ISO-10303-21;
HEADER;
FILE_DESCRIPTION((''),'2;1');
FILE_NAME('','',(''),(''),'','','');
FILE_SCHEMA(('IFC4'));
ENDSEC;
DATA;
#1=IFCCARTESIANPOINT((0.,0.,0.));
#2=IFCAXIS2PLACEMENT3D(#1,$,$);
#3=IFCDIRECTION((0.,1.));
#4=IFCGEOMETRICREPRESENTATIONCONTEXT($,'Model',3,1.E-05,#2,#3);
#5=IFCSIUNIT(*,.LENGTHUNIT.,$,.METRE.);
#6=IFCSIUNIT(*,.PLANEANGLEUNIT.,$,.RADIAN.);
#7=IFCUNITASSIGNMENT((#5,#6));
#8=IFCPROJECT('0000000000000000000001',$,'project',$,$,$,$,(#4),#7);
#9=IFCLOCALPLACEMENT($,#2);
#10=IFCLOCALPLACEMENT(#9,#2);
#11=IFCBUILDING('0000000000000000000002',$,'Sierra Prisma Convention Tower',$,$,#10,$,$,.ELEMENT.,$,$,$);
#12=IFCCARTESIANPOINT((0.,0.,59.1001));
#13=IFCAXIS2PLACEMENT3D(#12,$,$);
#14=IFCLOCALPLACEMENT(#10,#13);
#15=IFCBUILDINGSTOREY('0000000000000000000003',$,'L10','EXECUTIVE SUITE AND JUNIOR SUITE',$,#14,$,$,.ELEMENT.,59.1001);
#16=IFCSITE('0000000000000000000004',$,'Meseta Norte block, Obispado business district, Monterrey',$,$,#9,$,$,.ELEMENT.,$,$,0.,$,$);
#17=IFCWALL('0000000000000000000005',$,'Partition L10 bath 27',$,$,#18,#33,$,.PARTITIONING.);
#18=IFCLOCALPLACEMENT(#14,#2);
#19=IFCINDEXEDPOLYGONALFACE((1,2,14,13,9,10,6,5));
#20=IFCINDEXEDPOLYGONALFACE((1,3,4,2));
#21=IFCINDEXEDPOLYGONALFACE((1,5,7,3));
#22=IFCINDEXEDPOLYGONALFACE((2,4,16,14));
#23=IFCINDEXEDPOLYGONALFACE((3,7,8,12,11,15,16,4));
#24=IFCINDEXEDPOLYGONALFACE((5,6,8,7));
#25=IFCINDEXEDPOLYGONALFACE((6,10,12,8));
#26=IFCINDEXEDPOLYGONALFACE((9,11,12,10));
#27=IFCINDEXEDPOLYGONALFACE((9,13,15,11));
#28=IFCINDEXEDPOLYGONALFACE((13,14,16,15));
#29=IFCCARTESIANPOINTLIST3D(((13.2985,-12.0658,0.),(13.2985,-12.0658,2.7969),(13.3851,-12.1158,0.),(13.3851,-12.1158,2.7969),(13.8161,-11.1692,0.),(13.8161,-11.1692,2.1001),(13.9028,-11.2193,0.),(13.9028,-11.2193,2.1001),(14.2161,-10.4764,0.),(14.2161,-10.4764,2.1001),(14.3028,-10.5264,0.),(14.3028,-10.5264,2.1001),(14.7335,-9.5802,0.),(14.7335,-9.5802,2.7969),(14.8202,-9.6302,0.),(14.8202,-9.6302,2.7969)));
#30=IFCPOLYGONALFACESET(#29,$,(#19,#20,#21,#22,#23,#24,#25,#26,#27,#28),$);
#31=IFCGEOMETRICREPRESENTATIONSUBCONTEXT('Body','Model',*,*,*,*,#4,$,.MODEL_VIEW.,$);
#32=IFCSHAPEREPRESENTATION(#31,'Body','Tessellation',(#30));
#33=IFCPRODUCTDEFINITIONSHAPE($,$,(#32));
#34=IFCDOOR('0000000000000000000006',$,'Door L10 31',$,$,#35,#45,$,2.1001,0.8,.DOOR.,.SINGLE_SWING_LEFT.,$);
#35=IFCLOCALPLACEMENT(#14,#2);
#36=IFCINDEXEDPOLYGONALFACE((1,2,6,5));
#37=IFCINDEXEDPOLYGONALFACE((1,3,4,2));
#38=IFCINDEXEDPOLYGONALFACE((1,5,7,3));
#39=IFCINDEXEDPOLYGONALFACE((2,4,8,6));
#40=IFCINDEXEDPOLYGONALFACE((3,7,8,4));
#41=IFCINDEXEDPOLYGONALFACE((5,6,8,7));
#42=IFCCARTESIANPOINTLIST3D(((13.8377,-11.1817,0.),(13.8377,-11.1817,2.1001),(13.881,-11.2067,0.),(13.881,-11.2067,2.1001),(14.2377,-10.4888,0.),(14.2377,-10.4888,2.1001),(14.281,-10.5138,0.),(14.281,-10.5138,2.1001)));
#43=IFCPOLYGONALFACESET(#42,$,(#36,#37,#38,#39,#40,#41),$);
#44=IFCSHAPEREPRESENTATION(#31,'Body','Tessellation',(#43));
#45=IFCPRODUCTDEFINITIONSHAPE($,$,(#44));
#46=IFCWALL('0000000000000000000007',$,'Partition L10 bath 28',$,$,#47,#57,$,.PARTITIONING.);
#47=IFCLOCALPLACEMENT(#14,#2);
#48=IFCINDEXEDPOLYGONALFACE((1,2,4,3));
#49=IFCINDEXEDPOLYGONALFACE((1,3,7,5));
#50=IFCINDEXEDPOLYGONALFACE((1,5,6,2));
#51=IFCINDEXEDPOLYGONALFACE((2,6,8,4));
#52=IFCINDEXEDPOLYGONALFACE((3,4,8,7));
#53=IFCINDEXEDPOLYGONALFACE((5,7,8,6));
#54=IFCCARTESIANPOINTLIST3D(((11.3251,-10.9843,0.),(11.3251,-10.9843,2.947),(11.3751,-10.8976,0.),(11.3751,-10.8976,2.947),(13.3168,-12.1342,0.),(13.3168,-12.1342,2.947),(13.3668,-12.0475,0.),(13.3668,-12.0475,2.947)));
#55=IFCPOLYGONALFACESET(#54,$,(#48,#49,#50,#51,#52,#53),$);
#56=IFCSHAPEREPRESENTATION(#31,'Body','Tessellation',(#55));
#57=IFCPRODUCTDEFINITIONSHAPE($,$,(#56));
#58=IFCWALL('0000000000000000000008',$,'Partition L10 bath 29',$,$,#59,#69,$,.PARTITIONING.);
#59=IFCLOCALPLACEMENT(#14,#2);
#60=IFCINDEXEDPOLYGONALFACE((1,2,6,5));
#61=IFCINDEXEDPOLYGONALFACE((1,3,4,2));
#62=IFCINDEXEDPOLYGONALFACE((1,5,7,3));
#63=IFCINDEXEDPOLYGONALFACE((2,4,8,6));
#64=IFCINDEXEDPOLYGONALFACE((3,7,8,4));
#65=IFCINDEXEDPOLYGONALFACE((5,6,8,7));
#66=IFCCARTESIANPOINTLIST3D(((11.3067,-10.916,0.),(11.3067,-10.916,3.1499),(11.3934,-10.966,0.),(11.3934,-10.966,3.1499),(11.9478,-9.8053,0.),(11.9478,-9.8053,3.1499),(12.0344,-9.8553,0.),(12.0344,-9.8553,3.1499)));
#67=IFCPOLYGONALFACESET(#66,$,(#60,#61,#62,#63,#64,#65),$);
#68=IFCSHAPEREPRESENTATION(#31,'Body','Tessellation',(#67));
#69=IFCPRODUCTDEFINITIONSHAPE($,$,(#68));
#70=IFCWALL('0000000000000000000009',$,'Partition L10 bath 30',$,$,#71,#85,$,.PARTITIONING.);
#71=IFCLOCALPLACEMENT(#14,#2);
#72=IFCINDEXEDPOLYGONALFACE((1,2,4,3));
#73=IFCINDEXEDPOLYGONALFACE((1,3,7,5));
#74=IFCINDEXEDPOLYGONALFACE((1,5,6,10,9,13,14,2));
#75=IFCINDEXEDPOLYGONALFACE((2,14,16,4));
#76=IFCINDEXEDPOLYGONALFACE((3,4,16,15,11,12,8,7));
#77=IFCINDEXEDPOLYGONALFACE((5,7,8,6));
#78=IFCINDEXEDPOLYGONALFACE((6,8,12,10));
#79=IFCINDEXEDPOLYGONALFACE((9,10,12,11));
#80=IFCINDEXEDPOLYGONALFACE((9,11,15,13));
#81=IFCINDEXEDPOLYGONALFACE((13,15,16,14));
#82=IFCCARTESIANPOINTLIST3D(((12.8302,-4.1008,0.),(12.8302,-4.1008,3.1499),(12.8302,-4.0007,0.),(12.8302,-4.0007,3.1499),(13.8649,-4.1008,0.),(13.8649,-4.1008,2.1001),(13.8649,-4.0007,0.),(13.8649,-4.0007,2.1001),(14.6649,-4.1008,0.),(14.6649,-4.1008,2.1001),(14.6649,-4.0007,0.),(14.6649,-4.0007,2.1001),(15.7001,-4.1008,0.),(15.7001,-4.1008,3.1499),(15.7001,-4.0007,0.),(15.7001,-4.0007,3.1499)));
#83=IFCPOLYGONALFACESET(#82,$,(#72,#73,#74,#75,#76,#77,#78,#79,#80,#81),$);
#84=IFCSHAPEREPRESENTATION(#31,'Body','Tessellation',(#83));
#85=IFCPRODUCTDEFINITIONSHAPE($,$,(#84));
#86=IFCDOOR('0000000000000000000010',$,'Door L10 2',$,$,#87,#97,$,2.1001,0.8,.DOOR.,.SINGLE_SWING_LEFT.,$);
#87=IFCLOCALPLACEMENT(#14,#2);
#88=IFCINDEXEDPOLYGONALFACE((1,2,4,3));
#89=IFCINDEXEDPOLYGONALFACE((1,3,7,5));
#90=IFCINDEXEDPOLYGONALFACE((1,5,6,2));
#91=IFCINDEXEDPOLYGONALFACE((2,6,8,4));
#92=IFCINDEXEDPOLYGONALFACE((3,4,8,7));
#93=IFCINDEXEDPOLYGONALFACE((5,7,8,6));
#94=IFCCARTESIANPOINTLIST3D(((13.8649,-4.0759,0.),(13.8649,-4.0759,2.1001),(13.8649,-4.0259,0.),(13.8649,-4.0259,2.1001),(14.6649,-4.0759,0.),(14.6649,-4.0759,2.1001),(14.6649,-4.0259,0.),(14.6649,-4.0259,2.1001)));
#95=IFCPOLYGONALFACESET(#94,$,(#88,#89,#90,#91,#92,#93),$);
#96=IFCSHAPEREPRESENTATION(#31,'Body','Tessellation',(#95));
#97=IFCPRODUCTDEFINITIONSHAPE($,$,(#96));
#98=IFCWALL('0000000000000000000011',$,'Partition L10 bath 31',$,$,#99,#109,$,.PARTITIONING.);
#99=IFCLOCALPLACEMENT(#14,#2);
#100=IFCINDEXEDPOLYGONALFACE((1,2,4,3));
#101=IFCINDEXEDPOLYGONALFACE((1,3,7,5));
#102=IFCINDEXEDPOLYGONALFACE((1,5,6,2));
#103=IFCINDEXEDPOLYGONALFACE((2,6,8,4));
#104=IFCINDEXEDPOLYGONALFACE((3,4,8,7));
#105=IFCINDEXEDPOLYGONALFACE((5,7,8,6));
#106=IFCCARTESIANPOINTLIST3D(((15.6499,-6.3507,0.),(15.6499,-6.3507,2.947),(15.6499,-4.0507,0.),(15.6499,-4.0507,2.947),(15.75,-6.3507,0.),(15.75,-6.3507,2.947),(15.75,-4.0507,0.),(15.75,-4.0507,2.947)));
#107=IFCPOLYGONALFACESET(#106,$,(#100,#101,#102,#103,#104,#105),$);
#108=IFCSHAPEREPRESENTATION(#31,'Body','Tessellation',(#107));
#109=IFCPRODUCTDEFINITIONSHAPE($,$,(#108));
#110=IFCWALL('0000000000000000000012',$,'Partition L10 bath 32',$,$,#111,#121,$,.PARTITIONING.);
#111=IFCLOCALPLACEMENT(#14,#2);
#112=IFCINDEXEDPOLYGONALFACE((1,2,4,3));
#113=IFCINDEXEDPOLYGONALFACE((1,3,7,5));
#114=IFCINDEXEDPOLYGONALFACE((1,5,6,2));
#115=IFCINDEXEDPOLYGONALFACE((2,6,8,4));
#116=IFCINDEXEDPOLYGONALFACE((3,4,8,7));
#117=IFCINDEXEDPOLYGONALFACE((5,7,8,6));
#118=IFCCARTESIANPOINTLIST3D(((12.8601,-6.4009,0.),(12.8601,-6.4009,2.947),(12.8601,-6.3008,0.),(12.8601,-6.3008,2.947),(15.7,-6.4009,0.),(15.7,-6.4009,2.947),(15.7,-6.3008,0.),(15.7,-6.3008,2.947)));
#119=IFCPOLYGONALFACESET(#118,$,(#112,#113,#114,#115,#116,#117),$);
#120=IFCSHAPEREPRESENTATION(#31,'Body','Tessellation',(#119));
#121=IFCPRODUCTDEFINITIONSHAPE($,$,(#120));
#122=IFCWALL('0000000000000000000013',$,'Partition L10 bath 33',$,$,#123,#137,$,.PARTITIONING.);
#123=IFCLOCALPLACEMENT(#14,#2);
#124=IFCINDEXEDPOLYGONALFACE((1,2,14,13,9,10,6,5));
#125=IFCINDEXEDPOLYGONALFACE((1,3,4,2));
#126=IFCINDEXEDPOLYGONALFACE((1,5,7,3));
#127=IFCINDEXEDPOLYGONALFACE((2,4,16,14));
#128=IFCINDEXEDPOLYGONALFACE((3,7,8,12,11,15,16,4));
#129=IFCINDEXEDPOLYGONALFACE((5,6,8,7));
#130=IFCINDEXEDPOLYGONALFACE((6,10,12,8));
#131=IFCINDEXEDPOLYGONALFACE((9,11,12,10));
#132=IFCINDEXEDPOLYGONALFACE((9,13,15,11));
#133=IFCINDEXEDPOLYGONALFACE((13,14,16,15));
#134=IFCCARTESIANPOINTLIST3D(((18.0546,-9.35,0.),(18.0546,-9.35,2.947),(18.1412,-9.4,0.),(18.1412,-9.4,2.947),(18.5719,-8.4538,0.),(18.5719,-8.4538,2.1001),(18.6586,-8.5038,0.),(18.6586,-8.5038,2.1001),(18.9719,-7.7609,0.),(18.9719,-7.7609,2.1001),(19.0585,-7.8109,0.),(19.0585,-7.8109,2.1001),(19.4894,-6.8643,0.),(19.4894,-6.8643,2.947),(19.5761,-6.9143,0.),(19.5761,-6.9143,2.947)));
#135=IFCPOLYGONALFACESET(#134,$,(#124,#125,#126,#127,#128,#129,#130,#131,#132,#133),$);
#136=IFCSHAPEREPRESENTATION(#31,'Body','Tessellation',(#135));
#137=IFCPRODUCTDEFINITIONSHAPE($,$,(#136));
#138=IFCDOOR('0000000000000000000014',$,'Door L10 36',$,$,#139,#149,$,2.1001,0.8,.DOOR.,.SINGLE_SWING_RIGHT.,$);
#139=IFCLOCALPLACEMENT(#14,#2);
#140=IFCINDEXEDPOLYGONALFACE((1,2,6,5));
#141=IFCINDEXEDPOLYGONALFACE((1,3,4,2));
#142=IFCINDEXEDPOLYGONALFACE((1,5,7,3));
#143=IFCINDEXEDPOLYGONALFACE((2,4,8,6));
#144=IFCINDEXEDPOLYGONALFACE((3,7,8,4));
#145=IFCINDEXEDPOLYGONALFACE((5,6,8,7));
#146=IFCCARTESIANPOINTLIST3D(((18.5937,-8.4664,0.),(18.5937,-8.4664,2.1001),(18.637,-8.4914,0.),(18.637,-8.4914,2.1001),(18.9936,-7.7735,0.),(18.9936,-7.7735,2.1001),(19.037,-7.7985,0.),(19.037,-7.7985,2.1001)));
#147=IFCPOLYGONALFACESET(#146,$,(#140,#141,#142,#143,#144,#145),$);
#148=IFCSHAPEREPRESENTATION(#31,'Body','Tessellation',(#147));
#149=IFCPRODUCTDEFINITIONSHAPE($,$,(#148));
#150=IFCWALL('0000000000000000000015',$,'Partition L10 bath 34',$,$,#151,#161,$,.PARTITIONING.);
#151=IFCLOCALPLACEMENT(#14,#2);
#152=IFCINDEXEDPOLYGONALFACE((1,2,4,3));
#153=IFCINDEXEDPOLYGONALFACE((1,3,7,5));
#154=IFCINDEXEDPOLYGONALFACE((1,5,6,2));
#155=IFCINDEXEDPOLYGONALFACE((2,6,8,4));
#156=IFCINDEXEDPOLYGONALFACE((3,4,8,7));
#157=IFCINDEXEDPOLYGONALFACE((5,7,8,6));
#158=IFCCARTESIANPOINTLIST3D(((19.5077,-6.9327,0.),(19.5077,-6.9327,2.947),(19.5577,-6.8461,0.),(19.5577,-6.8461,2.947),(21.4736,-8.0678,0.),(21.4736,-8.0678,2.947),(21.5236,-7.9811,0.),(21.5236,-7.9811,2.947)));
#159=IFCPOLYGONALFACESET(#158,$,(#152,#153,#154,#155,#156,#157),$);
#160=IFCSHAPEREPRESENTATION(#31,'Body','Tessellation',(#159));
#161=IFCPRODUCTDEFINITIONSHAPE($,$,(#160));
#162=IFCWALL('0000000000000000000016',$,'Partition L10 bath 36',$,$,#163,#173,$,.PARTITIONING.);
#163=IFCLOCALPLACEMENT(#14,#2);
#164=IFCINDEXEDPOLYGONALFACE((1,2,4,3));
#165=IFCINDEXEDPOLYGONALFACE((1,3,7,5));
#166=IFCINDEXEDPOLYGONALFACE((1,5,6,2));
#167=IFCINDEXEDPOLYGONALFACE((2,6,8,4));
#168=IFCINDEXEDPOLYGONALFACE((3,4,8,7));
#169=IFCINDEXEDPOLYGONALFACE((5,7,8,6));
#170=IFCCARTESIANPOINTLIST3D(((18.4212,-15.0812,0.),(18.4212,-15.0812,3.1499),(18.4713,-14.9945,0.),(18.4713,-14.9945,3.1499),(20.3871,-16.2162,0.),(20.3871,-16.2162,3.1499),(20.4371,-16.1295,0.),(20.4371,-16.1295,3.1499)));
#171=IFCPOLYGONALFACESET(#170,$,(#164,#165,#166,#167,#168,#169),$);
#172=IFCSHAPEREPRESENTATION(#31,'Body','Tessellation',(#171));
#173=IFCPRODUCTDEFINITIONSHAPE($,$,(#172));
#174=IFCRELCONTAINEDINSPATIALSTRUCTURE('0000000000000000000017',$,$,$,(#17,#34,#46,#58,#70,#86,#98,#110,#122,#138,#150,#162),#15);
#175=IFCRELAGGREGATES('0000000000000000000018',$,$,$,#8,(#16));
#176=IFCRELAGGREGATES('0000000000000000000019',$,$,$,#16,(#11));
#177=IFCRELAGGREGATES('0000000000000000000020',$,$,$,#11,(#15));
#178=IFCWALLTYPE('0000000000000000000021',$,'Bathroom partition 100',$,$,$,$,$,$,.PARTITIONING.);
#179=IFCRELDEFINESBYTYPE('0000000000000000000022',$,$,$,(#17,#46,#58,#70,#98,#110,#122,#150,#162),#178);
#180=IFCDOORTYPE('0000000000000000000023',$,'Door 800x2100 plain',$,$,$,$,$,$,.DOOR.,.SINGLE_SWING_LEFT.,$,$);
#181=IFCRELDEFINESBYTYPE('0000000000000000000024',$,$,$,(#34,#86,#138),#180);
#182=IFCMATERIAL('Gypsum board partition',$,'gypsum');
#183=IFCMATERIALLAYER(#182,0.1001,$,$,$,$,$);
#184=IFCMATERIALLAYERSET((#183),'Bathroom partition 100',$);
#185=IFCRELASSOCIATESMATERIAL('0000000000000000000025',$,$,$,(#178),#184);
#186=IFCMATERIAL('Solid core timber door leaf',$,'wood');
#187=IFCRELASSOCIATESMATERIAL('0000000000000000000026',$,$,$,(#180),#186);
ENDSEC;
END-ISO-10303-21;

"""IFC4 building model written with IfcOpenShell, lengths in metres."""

from ifc_helpers import new_model, si_unit, direction, frame, frame_2d, origin, place, context, subcontext, project, spatial, rectangle, extrude, material, layer, layer_set, type_object, element, fill, save


model = new_model("IFC4")

# Units and contexts
model_context = context("Model", 3, precision=1e-05, world=origin(), true_north=direction((0.0, 1.0)))
body_context = subcontext(model_context, "Body", "Model", "MODEL_VIEW")
ifc_project = project(units=[si_unit("LENGTHUNIT", "METRE"), si_unit("PLANEANGLEUNIT", "RADIAN")], contexts=[model_context])

# Site, building, storey
site_placement = place(None, origin())
site = spatial("IfcSite", under=ifc_project, at=site_placement, Name="Meseta Norte block, Obispado business district, Monterrey", CompositionType="ELEMENT", RefElevation=0.0)
building_placement = place(site_placement, origin())
building = spatial("IfcBuilding", under=site, at=building_placement, Name="Sierra Prisma Convention Tower", CompositionType="ELEMENT")
storey_placement = place(building_placement, frame((0.0, 0.0, 59.1001)))
storey = spatial("IfcBuildingStorey", under=building, at=storey_placement, Name="L10", Description="EXECUTIVE SUITE AND JUNIOR SUITE", CompositionType="ELEMENT", Elevation=59.1001)

# Wall, opening, door
ifc_material_1 = material(Name="Gypsum board partition", Category="gypsum")
ifc_layer_1 = layer(ifc_material_1, 0.1001)
ifc_layer_set_1 = layer_set([ifc_layer_1], Name="Bathroom partition 100")
wall_type_1 = type_object("IfcWallType", Name="Bathroom partition 100", PredefinedType="PARTITIONING", material=ifc_layer_set_1)
wall_1_placement = place(storey_placement, frame((14.7769, -9.6052, 0.0), z_axis=(0.0, 0.0, 1.0), x_axis=(-0.5, -0.866026, 0.0)))
wall_1 = element("IfcWall", 1, at=wall_1_placement, inside=storey, type_object=wall_type_1, Name="Partition L10 bath 27", PredefinedType="PARTITIONING", context=body_context, shape_type="SweptSolid", body=[
    extrude(rectangle(XDim=2.8701, YDim=0.1001, at=frame_2d((1.4351, 0.0))), origin(), (0.0, 0.0, 1.0), 2.7969),
])
opening_1_placement = place(wall_1_placement, frame((1.0349, 0.0, 0.0)))
opening_1 = element("IfcOpeningElement", 2, at=opening_1_placement, cuts=wall_1, PredefinedType="OPENING", context=body_context, shape_type="SweptSolid", body=[
    extrude(rectangle(XDim=0.8, YDim=2.1001, at=frame_2d((0.3999, 1.05))), frame((0.0, 0.05, 0.0), z_axis=(0.0, -1.0, 0.0), x_axis=(1.0, 0.0, 0.0)), (0.0, 0.0, 1.0), 0.1001),
])
ifc_material_2 = material(Name="Solid core timber door leaf", Category="wood")
door_type_1 = type_object("IfcDoorType", Name="Door 800x2100 plain", OperationType="SINGLE_SWING_LEFT", PredefinedType="DOOR", material=ifc_material_2)
door_1_placement = place(opening_1_placement, origin())
door_1 = element("IfcDoor", 3, at=door_1_placement, inside=storey, type_object=door_type_1, Name="Door L10 31", OperationType="SINGLE_SWING_LEFT", OverallHeight=2.1001, OverallWidth=0.8, PredefinedType="DOOR", context=body_context, shape_type="SweptSolid", body=[
    extrude(rectangle(XDim=0.8, YDim=2.1001, at=frame_2d((0.3999, 1.05))), frame((0.0, 0.0249, 0.0), z_axis=(0.0, -1.0, 0.0), x_axis=(1.0, 0.0, 0.0)), (0.0, 0.0, 1.0), 0.05),
])
fill(opening_1, door_1)

# Walls
wall_2_placement = place(storey_placement, frame((13.3418, -12.0908, 0.0), z_axis=(0.0, 0.0, 1.0), x_axis=(-0.866026, 0.499998, 0.0)))
element("IfcWall", 4, at=wall_2_placement, inside=storey, type_object=wall_type_1, Name="Partition L10 bath 28", PredefinedType="PARTITIONING", context=body_context, shape_type="SweptSolid", body=[
    extrude(rectangle(XDim=2.2998, YDim=0.1001, at=frame_2d((1.1499, 0.0))), origin(), (0.0, 0.0, 1.0), 2.947),
])
wall_3_placement = place(storey_placement, frame((11.3501, -10.9409, 0.0), z_axis=(0.0, 0.0, 1.0), x_axis=(0.499865, 0.866103, 0.0)))
element("IfcWall", 5, at=wall_3_placement, inside=storey, type_object=wall_type_1, Name="Partition L10 bath 29", PredefinedType="PARTITIONING", context=body_context, shape_type="SweptSolid", body=[
    extrude(rectangle(XDim=1.2825, YDim=0.1001, at=frame_2d((0.6411, 0.0))), origin(), (0.0, 0.0, 1.0), 3.1499),
])

# Wall, opening, door
wall_4_placement = place(storey_placement, frame((12.8301, -4.0508, 0.0), z_axis=(0.0, 0.0, 1.0), x_axis=(1.0, 0.0, 0.0)))
wall_4 = element("IfcWall", 6, at=wall_4_placement, inside=storey, type_object=wall_type_1, Name="Partition L10 bath 30", PredefinedType="PARTITIONING", context=body_context, shape_type="SweptSolid", body=[
    extrude(rectangle(XDim=2.8699, YDim=0.1001, at=frame_2d((1.4351, 0.0))), origin(), (0.0, 0.0, 1.0), 3.1499),
])
opening_2_placement = place(wall_4_placement, frame((1.0349, 0.0, 0.0)))
opening_2 = element("IfcOpeningElement", 7, at=opening_2_placement, cuts=wall_4, PredefinedType="OPENING", context=body_context, shape_type="SweptSolid", body=[
    extrude(rectangle(XDim=0.8, YDim=2.1001, at=frame_2d((0.3999, 1.05))), frame((0.0, 0.05, 0.0), z_axis=(0.0, -1.0, 0.0), x_axis=(1.0, 0.0, 0.0)), (0.0, 0.0, 1.0), 0.1001),
])
door_2_placement = place(opening_2_placement, origin())
door_2 = element("IfcDoor", 8, at=door_2_placement, inside=storey, type_object=door_type_1, Name="Door L10 2", OperationType="SINGLE_SWING_LEFT", OverallHeight=2.1001, OverallWidth=0.8, PredefinedType="DOOR", context=body_context, shape_type="SweptSolid", body=[
    extrude(rectangle(XDim=0.8, YDim=2.1001, at=frame_2d((0.3999, 1.05))), frame((0.0, 0.0249, 0.0), z_axis=(0.0, -1.0, 0.0), x_axis=(1.0, 0.0, 0.0)), (0.0, 0.0, 1.0), 0.05),
])
fill(opening_2, door_2)

# Walls
wall_5_placement = place(storey_placement, frame((15.7, -4.0508, 0.0), z_axis=(0.0, 0.0, 1.0), x_axis=(0.0, -1.0, 0.0)))
element("IfcWall", 9, at=wall_5_placement, inside=storey, type_object=wall_type_1, Name="Partition L10 bath 31", PredefinedType="PARTITIONING", context=body_context, shape_type="SweptSolid", body=[
    extrude(rectangle(XDim=2.3, YDim=0.1001, at=frame_2d((1.1499, 0.0))), origin(), (0.0, 0.0, 1.0), 2.947),
])
wall_6_placement = place(storey_placement, frame((15.7, -6.3508, 0.0), z_axis=(0.0, 0.0, 1.0), x_axis=(-1.0, 0.0, 0.0)))
element("IfcWall", 10, at=wall_6_placement, inside=storey, type_object=wall_type_1, Name="Partition L10 bath 32", PredefinedType="PARTITIONING", context=body_context, shape_type="SweptSolid", body=[
    extrude(rectangle(XDim=2.8398, YDim=0.1001, at=frame_2d((1.4199, 0.0))), origin(), (0.0, 0.0, 1.0), 2.947),
])

# Wall, opening, door
wall_7_placement = place(storey_placement, frame((18.0979, -9.375, 0.0), z_axis=(0.0, 0.0, 1.0), x_axis=(0.499936, 0.866062, 0.0)))
wall_7 = element("IfcWall", 11, at=wall_7_placement, inside=storey, type_object=wall_type_1, Name="Partition L10 bath 33", PredefinedType="PARTITIONING", context=body_context, shape_type="SweptSolid", body=[
    extrude(rectangle(XDim=2.8701, YDim=0.1001, at=frame_2d((1.4351, 0.0))), origin(), (0.0, 0.0, 1.0), 2.947),
])
opening_3_placement = place(wall_7_placement, frame((1.0349, 0.0, 0.0)))
opening_3 = element("IfcOpeningElement", 12, at=opening_3_placement, cuts=wall_7, PredefinedType="OPENING", context=body_context, shape_type="SweptSolid", body=[
    extrude(rectangle(XDim=0.8, YDim=2.1001, at=frame_2d((0.3999, 1.05))), frame((0.0, 0.05, 0.0), z_axis=(0.0, -1.0, 0.0), x_axis=(1.0, 0.0, 0.0)), (0.0, 0.0, 1.0), 0.1001),
])
door_3_placement = place(opening_3_placement, origin())
door_3 = element("IfcDoor", 13, at=door_3_placement, inside=storey, type_object=door_type_1, Name="Door L10 36", OperationType="SINGLE_SWING_RIGHT", OverallHeight=2.1001, OverallWidth=0.8, PredefinedType="DOOR", context=body_context, shape_type="SweptSolid", body=[
    extrude(rectangle(XDim=0.8, YDim=2.1001, at=frame_2d((0.3999, 1.05))), frame((0.0, 0.0249, 0.0), z_axis=(0.0, -1.0, 0.0), x_axis=(1.0, 0.0, 0.0)), (0.0, 0.0, 1.0), 0.05),
])
fill(opening_3, door_3)

# Walls
wall_8_placement = place(storey_placement, frame((19.5327, -6.8894, 0.0), z_axis=(0.0, 0.0, 1.0), x_axis=(0.866017, -0.500014, 0.0)))
element("IfcWall", 14, at=wall_8_placement, inside=storey, type_object=wall_type_1, Name="Partition L10 bath 34", PredefinedType="PARTITIONING", context=body_context, shape_type="SweptSolid", body=[
    extrude(rectangle(XDim=2.27, YDim=0.1001, at=frame_2d((1.135, 0.0))), origin(), (0.0, 0.0, 1.0), 2.947),
])
wall_9_placement = place(storey_placement, frame((20.4121, -16.1729, 0.0), z_axis=(0.0, 0.0, 1.0), x_axis=(-0.866017, 0.500014, 0.0)))
element("IfcWall", 15, at=wall_9_placement, inside=storey, type_object=wall_type_1, Name="Partition L10 bath 36", PredefinedType="PARTITIONING", context=body_context, shape_type="SweptSolid", body=[
    extrude(rectangle(XDim=2.27, YDim=0.1001, at=frame_2d((1.135, 0.0))), origin(), (0.0, 0.0, 1.0), 3.1499),
])

save(model, "model.ifc")
